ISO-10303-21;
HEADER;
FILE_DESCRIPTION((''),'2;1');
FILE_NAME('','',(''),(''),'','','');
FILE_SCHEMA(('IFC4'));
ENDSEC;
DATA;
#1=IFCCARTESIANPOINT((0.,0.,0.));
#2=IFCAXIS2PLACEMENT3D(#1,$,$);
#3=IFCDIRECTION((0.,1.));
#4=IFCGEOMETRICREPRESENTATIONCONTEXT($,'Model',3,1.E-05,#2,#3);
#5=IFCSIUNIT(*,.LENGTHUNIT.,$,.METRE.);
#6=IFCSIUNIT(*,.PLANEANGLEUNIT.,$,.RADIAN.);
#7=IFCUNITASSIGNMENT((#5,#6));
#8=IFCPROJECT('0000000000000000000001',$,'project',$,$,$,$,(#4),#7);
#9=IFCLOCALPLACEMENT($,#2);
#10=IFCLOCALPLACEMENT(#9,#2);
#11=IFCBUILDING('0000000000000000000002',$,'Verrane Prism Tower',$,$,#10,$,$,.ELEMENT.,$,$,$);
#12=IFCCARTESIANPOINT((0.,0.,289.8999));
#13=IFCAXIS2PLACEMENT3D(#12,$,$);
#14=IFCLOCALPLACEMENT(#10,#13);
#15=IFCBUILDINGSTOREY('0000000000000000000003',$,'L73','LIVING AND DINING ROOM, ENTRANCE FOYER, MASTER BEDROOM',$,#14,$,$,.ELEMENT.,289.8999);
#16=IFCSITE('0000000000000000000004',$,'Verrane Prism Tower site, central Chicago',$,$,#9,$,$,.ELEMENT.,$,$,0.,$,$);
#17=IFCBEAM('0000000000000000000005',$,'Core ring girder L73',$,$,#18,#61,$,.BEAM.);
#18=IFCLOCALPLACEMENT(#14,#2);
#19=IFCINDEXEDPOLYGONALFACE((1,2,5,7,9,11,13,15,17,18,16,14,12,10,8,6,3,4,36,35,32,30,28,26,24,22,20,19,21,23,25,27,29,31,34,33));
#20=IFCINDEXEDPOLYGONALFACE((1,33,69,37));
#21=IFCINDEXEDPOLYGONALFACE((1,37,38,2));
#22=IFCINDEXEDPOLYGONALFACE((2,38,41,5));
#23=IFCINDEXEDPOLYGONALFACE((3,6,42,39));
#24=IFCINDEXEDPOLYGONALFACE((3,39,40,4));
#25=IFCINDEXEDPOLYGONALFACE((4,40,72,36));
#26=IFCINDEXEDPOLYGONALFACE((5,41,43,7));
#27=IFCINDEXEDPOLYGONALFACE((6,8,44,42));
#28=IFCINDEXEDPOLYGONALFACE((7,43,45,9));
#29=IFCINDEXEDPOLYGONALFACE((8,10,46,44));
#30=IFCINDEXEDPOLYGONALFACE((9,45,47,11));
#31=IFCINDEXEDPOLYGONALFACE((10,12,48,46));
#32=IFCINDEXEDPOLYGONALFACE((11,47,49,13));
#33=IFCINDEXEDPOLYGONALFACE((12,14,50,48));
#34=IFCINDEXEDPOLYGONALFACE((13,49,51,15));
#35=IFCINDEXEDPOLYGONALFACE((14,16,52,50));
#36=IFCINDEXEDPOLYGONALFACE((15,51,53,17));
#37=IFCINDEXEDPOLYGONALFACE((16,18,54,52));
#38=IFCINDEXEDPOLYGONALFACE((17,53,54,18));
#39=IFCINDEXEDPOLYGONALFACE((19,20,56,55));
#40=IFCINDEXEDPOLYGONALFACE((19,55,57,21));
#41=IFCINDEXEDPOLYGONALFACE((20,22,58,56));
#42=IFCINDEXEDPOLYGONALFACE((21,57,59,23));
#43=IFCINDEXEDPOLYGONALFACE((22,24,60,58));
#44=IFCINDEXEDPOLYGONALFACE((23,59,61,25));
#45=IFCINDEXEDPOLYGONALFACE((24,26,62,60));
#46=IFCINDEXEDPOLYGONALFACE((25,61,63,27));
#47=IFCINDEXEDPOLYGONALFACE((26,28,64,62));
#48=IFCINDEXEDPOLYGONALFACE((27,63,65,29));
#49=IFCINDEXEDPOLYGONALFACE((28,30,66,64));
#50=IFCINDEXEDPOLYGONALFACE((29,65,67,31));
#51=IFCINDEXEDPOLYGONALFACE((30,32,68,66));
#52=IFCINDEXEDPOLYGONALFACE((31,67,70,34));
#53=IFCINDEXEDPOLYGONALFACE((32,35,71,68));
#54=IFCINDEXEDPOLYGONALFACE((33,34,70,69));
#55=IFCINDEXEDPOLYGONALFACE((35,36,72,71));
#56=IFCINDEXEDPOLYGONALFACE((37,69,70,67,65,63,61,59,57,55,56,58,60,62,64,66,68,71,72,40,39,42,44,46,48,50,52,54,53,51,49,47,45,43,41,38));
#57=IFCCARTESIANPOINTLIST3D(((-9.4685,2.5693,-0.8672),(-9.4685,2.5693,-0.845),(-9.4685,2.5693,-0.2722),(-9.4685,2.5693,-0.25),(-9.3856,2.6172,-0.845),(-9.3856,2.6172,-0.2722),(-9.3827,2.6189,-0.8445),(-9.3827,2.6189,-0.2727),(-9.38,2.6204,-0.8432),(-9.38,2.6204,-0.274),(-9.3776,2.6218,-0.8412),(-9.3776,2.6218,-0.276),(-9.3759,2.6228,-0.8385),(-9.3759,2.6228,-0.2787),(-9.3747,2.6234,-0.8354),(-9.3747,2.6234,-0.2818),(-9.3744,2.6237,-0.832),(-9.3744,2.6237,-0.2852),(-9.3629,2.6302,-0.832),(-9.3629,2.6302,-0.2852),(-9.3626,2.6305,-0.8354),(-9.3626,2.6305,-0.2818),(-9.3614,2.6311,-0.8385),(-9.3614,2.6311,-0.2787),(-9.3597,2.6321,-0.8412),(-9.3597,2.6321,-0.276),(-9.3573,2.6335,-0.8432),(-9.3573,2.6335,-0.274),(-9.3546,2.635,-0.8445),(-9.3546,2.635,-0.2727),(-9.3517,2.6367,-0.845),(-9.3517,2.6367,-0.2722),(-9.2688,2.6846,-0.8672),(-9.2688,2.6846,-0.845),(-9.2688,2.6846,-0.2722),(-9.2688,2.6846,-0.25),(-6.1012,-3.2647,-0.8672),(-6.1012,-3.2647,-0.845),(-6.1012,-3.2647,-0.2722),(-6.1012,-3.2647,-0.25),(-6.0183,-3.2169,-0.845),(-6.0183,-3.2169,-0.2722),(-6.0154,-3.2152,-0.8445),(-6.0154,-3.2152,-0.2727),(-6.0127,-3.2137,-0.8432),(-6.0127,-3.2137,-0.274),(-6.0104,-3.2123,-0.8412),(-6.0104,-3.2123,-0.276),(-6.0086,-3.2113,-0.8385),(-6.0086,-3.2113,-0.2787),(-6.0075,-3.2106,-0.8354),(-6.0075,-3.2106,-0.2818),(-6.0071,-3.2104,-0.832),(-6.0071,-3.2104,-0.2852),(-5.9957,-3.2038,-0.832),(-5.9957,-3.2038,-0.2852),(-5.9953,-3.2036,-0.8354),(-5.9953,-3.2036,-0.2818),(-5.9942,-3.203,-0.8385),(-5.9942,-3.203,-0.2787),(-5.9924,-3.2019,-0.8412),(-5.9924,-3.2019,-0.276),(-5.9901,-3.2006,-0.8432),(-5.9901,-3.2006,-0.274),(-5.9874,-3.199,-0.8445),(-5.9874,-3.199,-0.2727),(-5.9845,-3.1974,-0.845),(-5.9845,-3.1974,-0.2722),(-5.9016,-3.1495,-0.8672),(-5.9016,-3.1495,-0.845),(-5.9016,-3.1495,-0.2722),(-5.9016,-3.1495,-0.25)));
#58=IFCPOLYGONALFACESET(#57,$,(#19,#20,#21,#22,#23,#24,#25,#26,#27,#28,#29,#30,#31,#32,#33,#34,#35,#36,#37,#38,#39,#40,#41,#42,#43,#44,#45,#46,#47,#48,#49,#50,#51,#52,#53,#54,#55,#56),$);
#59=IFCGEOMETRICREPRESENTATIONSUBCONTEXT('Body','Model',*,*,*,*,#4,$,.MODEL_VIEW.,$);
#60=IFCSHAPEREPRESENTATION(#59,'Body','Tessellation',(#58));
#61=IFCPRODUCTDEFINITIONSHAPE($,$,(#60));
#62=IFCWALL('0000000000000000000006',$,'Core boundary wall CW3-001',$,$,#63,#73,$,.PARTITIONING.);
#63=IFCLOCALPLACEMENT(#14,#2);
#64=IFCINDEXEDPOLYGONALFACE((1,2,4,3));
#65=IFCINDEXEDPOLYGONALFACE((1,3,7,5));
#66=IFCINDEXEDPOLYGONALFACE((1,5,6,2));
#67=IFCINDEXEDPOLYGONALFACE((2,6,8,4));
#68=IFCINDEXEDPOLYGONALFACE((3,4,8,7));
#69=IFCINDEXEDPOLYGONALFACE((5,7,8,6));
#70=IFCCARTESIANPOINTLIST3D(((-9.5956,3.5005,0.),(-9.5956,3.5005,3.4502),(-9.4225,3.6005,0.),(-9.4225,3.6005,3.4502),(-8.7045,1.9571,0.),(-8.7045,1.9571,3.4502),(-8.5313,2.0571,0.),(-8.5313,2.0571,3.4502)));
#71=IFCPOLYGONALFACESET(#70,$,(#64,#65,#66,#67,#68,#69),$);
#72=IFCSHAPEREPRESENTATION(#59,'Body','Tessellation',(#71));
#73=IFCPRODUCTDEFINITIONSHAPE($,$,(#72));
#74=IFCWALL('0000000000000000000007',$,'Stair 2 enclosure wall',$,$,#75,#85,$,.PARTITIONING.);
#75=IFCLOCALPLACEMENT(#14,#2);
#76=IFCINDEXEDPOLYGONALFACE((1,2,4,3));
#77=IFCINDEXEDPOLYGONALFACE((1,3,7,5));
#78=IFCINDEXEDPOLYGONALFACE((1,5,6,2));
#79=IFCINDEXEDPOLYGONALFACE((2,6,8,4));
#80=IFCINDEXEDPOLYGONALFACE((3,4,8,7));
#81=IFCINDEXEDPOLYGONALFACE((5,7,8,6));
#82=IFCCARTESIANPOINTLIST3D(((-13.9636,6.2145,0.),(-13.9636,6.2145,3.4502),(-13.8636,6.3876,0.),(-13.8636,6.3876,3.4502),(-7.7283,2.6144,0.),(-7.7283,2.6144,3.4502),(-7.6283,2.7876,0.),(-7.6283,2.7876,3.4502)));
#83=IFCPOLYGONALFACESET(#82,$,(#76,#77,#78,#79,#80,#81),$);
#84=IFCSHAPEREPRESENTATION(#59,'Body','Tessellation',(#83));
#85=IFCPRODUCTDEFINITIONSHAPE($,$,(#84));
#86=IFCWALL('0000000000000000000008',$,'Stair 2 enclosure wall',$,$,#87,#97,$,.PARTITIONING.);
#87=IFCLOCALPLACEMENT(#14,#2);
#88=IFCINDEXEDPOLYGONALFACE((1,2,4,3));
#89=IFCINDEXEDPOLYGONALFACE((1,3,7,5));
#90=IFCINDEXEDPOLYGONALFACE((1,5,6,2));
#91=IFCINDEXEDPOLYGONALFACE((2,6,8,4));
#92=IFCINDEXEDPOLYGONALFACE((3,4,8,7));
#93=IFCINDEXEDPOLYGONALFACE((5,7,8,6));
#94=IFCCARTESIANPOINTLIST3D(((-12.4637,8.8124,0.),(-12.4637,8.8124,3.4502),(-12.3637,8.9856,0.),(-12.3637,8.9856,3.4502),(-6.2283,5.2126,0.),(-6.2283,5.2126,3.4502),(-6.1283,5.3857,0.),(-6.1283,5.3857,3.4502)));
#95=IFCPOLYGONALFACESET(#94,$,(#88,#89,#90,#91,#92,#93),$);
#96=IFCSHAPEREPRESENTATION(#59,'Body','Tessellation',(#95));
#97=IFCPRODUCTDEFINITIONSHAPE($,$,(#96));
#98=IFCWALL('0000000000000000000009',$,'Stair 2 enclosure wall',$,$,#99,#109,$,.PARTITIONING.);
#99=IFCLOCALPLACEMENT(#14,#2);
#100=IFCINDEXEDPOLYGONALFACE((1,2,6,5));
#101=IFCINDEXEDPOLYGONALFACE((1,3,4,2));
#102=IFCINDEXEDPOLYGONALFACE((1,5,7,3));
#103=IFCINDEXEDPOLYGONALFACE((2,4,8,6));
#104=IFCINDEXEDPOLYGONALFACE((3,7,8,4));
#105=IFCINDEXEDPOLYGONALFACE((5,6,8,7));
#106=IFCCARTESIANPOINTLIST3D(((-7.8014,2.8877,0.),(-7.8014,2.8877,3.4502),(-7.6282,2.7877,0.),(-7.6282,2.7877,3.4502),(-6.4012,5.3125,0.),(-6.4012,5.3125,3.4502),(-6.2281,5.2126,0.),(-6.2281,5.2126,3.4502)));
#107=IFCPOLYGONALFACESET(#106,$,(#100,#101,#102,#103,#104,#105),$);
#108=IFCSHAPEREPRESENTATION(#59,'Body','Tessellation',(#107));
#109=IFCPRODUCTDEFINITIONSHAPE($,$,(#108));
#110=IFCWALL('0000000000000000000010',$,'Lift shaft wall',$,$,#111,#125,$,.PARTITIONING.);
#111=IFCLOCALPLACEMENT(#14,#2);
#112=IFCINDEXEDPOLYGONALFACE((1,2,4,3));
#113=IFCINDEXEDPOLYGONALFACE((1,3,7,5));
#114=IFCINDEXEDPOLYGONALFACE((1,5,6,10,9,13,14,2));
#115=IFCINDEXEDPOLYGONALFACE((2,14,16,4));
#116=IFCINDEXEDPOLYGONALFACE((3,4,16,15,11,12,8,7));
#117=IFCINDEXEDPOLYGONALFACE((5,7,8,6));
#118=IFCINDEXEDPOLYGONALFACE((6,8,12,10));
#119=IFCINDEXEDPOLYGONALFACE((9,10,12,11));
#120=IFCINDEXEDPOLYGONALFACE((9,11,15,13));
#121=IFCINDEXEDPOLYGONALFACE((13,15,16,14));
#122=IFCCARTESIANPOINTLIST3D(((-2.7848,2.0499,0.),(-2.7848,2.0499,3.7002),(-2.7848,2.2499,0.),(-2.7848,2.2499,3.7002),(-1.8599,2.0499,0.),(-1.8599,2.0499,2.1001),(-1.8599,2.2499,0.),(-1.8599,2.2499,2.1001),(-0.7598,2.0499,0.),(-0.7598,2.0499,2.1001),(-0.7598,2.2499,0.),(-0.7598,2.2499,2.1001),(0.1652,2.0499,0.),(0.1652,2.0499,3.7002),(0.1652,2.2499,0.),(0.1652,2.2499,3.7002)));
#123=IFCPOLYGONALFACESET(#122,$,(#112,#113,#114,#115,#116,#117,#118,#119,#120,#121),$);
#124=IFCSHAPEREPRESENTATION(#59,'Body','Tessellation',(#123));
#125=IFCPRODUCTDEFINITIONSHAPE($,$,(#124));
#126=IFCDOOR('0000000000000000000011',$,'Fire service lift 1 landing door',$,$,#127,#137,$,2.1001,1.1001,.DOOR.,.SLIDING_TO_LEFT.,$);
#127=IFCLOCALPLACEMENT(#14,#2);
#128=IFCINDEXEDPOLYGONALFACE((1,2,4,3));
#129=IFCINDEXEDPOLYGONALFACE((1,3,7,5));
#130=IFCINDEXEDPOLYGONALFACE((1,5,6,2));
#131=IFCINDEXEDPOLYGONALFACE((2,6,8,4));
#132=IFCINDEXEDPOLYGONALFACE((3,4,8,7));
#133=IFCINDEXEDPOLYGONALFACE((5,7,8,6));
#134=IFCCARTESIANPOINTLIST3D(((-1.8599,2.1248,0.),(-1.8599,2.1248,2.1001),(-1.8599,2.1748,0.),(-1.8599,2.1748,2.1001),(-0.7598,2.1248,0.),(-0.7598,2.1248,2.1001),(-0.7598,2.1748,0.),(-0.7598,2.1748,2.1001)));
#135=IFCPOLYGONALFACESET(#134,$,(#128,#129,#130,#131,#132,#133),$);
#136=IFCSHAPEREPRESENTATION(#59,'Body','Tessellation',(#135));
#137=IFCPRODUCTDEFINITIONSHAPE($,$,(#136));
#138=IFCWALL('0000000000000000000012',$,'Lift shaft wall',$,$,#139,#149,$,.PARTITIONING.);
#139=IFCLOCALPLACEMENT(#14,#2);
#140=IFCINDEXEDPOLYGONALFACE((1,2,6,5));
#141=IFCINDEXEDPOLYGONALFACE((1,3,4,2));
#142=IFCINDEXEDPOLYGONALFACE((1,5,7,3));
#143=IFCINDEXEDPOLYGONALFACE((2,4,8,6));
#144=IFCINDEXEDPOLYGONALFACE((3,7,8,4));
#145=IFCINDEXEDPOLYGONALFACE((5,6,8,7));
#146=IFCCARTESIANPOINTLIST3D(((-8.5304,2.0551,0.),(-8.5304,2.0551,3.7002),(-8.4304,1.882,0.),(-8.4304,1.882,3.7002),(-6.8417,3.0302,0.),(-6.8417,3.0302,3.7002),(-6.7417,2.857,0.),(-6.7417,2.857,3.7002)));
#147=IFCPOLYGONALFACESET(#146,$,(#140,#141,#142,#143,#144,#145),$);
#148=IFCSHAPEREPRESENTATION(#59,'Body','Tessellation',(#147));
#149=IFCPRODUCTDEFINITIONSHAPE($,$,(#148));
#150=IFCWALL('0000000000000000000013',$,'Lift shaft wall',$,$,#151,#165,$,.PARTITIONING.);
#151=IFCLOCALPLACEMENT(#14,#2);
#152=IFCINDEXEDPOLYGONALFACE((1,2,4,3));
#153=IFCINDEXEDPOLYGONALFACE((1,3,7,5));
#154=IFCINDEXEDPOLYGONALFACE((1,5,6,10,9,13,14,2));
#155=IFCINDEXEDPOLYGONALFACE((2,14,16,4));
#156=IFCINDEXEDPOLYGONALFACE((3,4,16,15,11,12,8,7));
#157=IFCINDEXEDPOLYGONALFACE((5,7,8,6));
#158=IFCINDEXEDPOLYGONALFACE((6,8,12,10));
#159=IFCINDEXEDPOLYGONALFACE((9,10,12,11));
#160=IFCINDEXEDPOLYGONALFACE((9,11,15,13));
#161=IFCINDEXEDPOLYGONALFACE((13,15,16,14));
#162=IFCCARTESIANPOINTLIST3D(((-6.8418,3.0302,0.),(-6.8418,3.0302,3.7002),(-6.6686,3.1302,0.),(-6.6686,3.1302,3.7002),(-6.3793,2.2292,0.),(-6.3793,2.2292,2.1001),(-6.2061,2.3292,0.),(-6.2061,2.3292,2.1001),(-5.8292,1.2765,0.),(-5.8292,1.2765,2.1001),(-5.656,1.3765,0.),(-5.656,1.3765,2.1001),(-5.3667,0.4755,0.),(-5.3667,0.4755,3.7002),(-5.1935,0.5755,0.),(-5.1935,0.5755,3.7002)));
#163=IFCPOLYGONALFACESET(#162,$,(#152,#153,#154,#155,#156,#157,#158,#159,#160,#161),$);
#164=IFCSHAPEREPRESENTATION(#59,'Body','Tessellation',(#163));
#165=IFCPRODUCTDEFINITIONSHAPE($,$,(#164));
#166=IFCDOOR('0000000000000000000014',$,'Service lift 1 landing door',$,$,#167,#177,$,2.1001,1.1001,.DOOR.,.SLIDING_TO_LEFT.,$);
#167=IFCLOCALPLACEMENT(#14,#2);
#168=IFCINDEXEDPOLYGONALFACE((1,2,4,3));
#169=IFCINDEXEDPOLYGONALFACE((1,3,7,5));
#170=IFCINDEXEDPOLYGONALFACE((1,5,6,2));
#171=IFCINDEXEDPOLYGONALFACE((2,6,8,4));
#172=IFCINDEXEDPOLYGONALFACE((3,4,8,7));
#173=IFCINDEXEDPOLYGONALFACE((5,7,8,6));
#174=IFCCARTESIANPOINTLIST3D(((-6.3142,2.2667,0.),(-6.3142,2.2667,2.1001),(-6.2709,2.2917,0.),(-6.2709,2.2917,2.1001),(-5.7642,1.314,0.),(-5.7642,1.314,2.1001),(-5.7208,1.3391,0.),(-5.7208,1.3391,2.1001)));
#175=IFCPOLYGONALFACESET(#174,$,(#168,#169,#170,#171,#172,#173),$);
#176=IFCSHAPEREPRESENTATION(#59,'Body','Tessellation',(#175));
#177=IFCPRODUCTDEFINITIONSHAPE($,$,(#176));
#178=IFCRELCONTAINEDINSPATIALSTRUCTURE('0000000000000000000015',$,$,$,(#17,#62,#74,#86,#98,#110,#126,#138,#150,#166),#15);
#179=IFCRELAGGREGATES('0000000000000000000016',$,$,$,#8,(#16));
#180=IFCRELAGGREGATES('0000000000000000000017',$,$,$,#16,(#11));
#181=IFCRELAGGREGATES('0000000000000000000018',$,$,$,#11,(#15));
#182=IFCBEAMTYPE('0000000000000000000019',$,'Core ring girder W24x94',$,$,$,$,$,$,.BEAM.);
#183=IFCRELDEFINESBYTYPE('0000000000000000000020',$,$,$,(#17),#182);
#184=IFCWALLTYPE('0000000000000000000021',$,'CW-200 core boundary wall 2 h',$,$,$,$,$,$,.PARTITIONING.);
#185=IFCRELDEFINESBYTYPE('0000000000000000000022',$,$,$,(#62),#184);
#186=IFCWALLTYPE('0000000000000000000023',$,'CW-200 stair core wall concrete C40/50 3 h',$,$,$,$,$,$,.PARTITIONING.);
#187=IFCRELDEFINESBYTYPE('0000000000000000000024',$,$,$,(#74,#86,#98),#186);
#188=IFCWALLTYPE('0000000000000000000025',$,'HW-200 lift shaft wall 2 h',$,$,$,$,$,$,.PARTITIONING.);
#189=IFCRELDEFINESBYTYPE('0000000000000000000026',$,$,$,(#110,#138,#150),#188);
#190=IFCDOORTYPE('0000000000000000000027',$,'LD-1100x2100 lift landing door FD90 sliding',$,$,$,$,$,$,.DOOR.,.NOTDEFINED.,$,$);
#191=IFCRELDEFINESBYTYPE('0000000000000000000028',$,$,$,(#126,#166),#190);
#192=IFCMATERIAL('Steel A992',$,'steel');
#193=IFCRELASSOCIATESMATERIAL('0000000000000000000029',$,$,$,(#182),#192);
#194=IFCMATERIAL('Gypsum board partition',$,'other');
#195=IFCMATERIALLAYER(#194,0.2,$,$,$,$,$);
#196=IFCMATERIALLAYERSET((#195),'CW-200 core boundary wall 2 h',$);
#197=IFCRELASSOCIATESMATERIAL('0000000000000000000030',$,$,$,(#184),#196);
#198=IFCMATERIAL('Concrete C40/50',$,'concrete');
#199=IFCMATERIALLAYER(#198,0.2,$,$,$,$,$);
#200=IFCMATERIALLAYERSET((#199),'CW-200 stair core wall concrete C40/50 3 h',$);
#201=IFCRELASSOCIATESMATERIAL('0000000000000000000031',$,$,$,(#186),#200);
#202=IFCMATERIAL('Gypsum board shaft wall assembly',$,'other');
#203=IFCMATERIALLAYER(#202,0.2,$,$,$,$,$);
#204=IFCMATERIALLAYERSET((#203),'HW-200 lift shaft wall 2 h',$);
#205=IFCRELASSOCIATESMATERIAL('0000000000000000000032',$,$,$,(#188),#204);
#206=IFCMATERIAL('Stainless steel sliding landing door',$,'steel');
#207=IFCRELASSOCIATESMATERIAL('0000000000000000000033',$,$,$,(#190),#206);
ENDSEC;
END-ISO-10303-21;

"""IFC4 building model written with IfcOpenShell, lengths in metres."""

from ifc_helpers import new_model, si_unit, direction, frame, frame_2d, origin, origin_2d, place, context, subcontext, project, spatial, rectangle, i_section, extrude, material, layer, layer_set, material_profile, profile_set, type_object, element, fill, save


model = new_model("IFC4")

# Units and contexts
model_context = context("Model", 3, precision=1e-05, world=origin(), true_north=direction((0.0, 1.0)))
body_context = subcontext(model_context, "Body", "Model", "MODEL_VIEW")
ifc_project = project(units=[si_unit("LENGTHUNIT", "METRE"), si_unit("PLANEANGLEUNIT", "RADIAN")], contexts=[model_context])

# Site, building, storey
site_placement = place(None, origin())
site = spatial("IfcSite", under=ifc_project, at=site_placement, Name="Verrane Prism Tower site, central Chicago", CompositionType="ELEMENT", RefElevation=0.0)
building_placement = place(site_placement, origin())
building = spatial("IfcBuilding", under=site, at=building_placement, Name="Verrane Prism Tower", CompositionType="ELEMENT")
storey_placement = place(building_placement, frame((0.0, 0.0, 289.8999)))
storey = spatial("IfcBuildingStorey", under=building, at=storey_placement, Name="L73", Description="LIVING AND DINING ROOM, ENTRANCE FOYER, MASTER BEDROOM", CompositionType="ELEMENT", Elevation=289.8999)

# Beam
ifc_material_1 = material(Name="Steel A992", Category="steel")
ifc_material_profile_1 = material_profile(ifc_material_1, i_section(OverallWidth=0.2305, OverallDepth=0.6172, WebThickness=0.0132, FlangeThickness=0.0222, FilletRadius=0.0129, at=origin_2d()), Name="W24x94")
ifc_profile_set_1 = profile_set([ifc_material_profile_1], Name="Steel A992")
beam_type = type_object("IfcBeamType", Name="Core ring girder W24x94", PredefinedType="BEAM", material=ifc_profile_set_1)
beam_1_placement = place(storey_placement, frame((-9.3687, 2.627, -0.5586), z_axis=(0.499881, -0.866094, 0.0), x_axis=(0.866094, 0.499881, 0.0)))
element("IfcBeam", 1, at=beam_1_placement, inside=storey, type_object=beam_type, Name="Core ring girder L73", PredefinedType="BEAM", context=body_context, shape_type="SweptSolid", body=[
    extrude(i_section(OverallWidth=0.2305, OverallDepth=0.6172, WebThickness=0.0132, FlangeThickness=0.0222, FilletRadius=0.0129, at=origin_2d()), origin(), (0.0, 0.0, 1.0), 6.7361),
])

# Walls
ifc_material_2 = material(Name="Gypsum board partition", Category="other")
ifc_layer_1 = layer(ifc_material_2, 0.2)
ifc_layer_set_1 = layer_set([ifc_layer_1], Name="CW-200 core boundary wall 2 h")
wall_type_1 = type_object("IfcWallType", Name="CW-200 core boundary wall 2 h", PredefinedType="PARTITIONING", material=ifc_layer_set_1)
wall_1_placement = place(storey_placement, frame((-9.509, 3.5505, 0.0), z_axis=(0.0, 0.0, 1.0), x_axis=(0.499999, -0.866026, 0.0)))
element("IfcWall", 2, at=wall_1_placement, inside=storey, type_object=wall_type_1, Name="Core boundary wall CW3-001", PredefinedType="PARTITIONING", context=body_context, shape_type="SweptSolid", body=[
    extrude(rectangle(XDim=1.7822, YDim=0.2, at=frame_2d((0.8911, 0.0))), origin(), (0.0, 0.0, 1.0), 3.4502),
])
ifc_material_3 = material(Name="Concrete C40/50", Category="concrete")
ifc_layer_2 = layer(ifc_material_3, 0.2)
ifc_layer_set_2 = layer_set([ifc_layer_2], Name="CW-200 stair core wall concrete C40/50 3 h")
wall_type_2 = type_object("IfcWallType", Name="CW-200 stair core wall concrete C40/50 3 h", PredefinedType="PARTITIONING", material=ifc_layer_set_2)
for number, where, z_axis, x_axis, name in (
    (3, (-7.6782, 2.7009, 0.0), (0.0, 0.0, 1.0), (-0.866018, 0.500012, 0.0), "Stair 2 enclosure wall"),
    (4, (-6.1782, 5.2991, 0.0), (0.0, 0.0, 1.0), (-0.866033, 0.499987, 0.0), "Stair 2 enclosure wall"),
):
    element("IfcWall", number, at=place(storey_placement, frame(where, z_axis=z_axis, x_axis=x_axis)), inside=storey, type_object=wall_type_2, Name=name, PredefinedType="PARTITIONING", context=body_context, shape_type="SweptSolid", body=[
        extrude(rectangle(XDim=7.2, YDim=0.2, at=frame_2d((3.6001, 0.0))), origin(), (0.0, 0.0, 1.0), 3.4502),
    ])
wall_2_placement = place(storey_placement, frame((-6.3147, 5.2625, 0.0), z_axis=(0.0, 0.0, 1.0), x_axis=(-0.50005, -0.865997, 0.0)))
element("IfcWall", 5, at=wall_2_placement, inside=storey, type_object=wall_type_2, Name="Stair 2 enclosure wall", PredefinedType="PARTITIONING", context=body_context, shape_type="SweptSolid", body=[
    extrude(rectangle(XDim=2.8, YDim=0.2, at=frame_2d((1.3999, 0.0))), origin(), (0.0, 0.0, 1.0), 3.4502),
])

# Wall, opening, door
ifc_material_4 = material(Name="Gypsum board shaft wall assembly", Category="other")
ifc_layer_3 = layer(ifc_material_4, 0.2)
ifc_layer_set_3 = layer_set([ifc_layer_3], Name="HW-200 lift shaft wall 2 h")
wall_type_3 = type_object("IfcWallType", Name="HW-200 lift shaft wall 2 h", PredefinedType="PARTITIONING", material=ifc_layer_set_3)
wall_3_placement = place(storey_placement, frame((-2.7849, 2.1499, 0.0), z_axis=(0.0, 0.0, 1.0), x_axis=(1.0, 0.0, 0.0)))
wall_3 = element("IfcWall", 6, at=wall_3_placement, inside=storey, type_object=wall_type_3, Name="Lift shaft wall", PredefinedType="PARTITIONING", context=body_context, shape_type="SweptSolid", body=[
    extrude(rectangle(XDim=2.95, YDim=0.2, at=frame_2d((1.4751, 0.0))), origin(), (0.0, 0.0, 1.0), 3.7002),
])
opening_1_placement = place(wall_3_placement, frame((0.925, 0.0, 0.0)))
opening_1 = element("IfcOpeningElement", 7, at=opening_1_placement, cuts=wall_3, PredefinedType="OPENING", context=body_context, shape_type="SweptSolid", body=[
    extrude(rectangle(XDim=1.1001, YDim=2.1001, at=frame_2d((0.55, 1.05))), frame((0.0, 0.1099, 0.0), z_axis=(0.0, -1.0, 0.0), x_axis=(1.0, 0.0, 0.0)), (0.0, 0.0, 1.0), 0.22),
])
ifc_material_5 = material(Name="Stainless steel sliding landing door", Category="steel")
door_type_1 = type_object("IfcDoorType", Name="LD-1100x2100 lift landing door FD90 sliding", OperationType="NOTDEFINED", PredefinedType="DOOR", material=ifc_material_5)
door_1_placement = place(opening_1_placement, origin())
door_1 = element("IfcDoor", 8, at=door_1_placement, inside=storey, type_object=door_type_1, Name="Fire service lift 1 landing door", OperationType="SLIDING_TO_LEFT", OverallHeight=2.1001, OverallWidth=1.1001, PredefinedType="DOOR", context=body_context, shape_type="SweptSolid", body=[
    extrude(rectangle(XDim=1.1001, YDim=2.1001, at=frame_2d((0.55, 1.05))), frame((0.0, 0.0249, 0.0), z_axis=(0.0, -1.0, 0.0), x_axis=(1.0, 0.0, 0.0)), (0.0, 0.0, 1.0), 0.05),
])
fill(opening_1, door_1)

# Wall
wall_4_placement = place(storey_placement, frame((-8.4805, 1.9685, 0.0), z_axis=(0.0, 0.0, 1.0), x_axis=(0.866, 0.500044, 0.0)))
element("IfcWall", 9, at=wall_4_placement, inside=storey, type_object=wall_type_3, Name="Lift shaft wall", PredefinedType="PARTITIONING", context=body_context, shape_type="SweptSolid", body=[
    extrude(rectangle(XDim=1.95, YDim=0.2, at=frame_2d((0.9751, 0.0))), origin(), (0.0, 0.0, 1.0), 3.7002),
])

# Wall, opening, door
wall_5_placement = place(storey_placement, frame((-5.28, 0.5254, 0.0), z_axis=(0.0, 0.0, 1.0), x_axis=(-0.500038, 0.866004, 0.0)))
wall_5 = element("IfcWall", 10, at=wall_5_placement, inside=storey, type_object=wall_type_3, Name="Lift shaft wall", PredefinedType="PARTITIONING", context=body_context, shape_type="SweptSolid", body=[
    extrude(rectangle(XDim=2.95, YDim=0.2, at=frame_2d((1.4751, 0.0))), origin(), (0.0, 0.0, 1.0), 3.7002),
])
opening_2_placement = place(wall_5_placement, frame((0.925, 0.0, 0.0)))
opening_2 = element("IfcOpeningElement", 11, at=opening_2_placement, cuts=wall_5, PredefinedType="OPENING", context=body_context, shape_type="SweptSolid", body=[
    extrude(rectangle(XDim=1.1001, YDim=2.1001, at=frame_2d((0.55, 1.05))), frame((0.0, 0.1099, 0.0), z_axis=(0.0, -1.0, 0.0), x_axis=(1.0, 0.0, 0.0)), (0.0, 0.0, 1.0), 0.22),
])
door_2_placement = place(opening_2_placement, origin())
door_2 = element("IfcDoor", 12, at=door_2_placement, inside=storey, type_object=door_type_1, Name="Service lift 1 landing door", OperationType="SLIDING_TO_LEFT", OverallHeight=2.1001, OverallWidth=1.1001, PredefinedType="DOOR", context=body_context, shape_type="SweptSolid", body=[
    extrude(rectangle(XDim=1.1001, YDim=2.1001, at=frame_2d((0.55, 1.05))), frame((0.0, 0.0249, 0.0), z_axis=(0.0, -1.0, 0.0), x_axis=(1.0, 0.0, 0.0)), (0.0, 0.0, 1.0), 0.05),
])
fill(opening_2, door_2)

save(model, "model.ifc")
